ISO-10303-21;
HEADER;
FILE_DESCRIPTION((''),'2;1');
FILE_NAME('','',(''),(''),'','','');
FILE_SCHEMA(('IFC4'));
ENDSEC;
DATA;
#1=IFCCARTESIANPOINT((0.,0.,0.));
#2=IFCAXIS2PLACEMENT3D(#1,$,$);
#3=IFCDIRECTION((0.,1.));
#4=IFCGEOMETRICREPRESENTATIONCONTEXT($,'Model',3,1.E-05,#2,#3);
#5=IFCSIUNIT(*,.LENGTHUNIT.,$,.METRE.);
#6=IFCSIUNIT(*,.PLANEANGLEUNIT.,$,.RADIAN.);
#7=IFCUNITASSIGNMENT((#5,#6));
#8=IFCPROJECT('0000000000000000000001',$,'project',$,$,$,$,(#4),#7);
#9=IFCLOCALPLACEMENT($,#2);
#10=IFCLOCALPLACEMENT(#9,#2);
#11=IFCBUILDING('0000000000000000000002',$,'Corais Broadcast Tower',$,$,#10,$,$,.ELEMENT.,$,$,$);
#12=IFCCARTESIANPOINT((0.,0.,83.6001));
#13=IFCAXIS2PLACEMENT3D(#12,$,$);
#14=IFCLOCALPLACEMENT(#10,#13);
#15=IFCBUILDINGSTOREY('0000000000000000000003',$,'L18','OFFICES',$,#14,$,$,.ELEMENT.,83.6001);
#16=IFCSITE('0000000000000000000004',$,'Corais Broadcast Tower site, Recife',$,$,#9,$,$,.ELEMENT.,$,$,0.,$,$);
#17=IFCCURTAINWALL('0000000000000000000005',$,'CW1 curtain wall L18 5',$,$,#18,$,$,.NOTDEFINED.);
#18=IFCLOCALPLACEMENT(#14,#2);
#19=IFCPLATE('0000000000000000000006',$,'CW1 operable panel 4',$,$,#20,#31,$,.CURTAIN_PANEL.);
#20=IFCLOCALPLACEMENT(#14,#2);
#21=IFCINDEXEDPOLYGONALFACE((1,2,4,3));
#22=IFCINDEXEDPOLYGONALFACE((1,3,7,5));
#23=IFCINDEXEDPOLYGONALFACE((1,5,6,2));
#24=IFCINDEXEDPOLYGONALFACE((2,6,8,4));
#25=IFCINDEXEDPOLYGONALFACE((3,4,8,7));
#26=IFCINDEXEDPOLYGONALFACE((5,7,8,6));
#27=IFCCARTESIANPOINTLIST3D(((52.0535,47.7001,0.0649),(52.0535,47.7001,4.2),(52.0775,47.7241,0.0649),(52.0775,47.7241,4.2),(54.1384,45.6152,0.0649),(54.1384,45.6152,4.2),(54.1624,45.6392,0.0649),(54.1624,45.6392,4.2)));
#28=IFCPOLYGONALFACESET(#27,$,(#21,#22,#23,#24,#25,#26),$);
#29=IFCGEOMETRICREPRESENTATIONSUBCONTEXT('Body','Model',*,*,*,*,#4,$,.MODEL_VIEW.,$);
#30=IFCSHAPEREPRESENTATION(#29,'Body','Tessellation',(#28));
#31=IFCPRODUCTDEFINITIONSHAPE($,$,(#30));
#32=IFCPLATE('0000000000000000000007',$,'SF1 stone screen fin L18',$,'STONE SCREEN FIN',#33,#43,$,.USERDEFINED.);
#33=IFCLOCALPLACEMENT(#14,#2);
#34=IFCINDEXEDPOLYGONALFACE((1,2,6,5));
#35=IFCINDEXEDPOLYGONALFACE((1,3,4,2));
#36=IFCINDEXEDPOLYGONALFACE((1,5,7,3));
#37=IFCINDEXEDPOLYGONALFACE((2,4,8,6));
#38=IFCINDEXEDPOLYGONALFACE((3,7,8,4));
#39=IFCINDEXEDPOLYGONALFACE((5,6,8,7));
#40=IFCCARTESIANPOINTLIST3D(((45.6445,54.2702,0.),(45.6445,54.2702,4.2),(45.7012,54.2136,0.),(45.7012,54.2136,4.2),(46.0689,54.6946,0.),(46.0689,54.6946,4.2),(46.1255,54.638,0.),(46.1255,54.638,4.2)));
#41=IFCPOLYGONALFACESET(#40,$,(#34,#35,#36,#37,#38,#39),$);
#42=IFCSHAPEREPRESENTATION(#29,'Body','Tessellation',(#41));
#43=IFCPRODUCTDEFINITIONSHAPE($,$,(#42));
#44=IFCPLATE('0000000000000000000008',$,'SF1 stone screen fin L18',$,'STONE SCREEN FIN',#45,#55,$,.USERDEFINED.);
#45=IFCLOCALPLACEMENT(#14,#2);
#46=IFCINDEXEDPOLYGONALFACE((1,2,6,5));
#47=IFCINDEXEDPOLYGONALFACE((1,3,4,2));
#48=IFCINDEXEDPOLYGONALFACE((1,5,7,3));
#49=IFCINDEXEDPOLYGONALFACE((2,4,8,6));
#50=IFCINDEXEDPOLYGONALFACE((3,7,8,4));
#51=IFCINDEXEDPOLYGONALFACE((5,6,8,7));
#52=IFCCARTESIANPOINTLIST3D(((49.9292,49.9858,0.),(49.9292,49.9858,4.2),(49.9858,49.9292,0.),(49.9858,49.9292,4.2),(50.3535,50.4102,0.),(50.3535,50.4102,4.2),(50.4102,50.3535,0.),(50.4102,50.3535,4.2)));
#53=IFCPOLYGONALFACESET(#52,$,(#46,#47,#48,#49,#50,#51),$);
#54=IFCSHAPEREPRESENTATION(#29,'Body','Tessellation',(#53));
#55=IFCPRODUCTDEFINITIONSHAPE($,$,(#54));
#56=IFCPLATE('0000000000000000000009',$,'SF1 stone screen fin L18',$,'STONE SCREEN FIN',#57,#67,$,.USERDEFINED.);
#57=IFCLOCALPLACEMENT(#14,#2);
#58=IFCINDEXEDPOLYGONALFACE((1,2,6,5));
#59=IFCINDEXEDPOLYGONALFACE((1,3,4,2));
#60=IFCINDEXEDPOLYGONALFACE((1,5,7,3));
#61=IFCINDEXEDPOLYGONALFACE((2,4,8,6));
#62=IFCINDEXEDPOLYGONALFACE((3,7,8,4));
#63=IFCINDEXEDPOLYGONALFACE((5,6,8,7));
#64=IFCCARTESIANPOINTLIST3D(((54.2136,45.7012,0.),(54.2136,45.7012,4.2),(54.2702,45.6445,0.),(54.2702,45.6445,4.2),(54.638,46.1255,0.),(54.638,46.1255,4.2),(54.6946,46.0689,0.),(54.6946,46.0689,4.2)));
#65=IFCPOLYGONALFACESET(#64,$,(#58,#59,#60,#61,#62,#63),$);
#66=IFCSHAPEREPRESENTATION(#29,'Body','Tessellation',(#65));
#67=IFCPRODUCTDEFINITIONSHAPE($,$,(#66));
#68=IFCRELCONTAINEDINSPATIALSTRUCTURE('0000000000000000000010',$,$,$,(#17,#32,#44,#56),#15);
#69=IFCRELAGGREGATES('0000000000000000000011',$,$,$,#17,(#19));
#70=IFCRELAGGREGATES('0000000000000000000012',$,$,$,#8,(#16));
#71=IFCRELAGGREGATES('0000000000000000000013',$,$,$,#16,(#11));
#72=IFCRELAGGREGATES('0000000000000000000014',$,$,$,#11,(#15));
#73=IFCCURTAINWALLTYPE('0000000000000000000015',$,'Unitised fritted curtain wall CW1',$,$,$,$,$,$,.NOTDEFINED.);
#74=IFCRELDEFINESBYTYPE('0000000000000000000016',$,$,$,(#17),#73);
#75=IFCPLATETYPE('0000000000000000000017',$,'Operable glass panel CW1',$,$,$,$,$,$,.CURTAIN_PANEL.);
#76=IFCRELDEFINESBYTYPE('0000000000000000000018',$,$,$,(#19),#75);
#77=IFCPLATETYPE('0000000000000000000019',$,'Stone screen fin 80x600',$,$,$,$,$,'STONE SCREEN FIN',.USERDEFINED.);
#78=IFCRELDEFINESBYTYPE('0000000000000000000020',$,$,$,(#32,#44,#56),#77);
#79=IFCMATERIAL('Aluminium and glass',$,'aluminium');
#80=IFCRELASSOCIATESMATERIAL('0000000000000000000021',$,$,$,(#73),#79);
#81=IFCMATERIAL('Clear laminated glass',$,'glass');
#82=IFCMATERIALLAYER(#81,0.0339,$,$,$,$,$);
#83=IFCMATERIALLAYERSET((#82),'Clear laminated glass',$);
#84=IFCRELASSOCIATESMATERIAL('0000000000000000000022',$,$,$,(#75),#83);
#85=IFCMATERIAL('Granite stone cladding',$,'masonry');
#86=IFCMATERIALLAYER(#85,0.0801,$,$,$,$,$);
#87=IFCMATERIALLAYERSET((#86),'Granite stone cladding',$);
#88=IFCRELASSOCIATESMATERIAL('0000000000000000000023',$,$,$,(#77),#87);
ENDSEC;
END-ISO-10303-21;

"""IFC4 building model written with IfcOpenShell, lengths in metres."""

from ifc_helpers import new_model, si_unit, direction, frame, origin, origin_2d, place, context, subcontext, project, spatial, rectangle, extrude, material, layer, layer_set, type_object, element, aggregate, save


model = new_model("IFC4")

# Units and contexts
model_context = context("Model", 3, precision=1e-05, world=origin(), true_north=direction((0.0, 1.0)))
body_context = subcontext(model_context, "Body", "Model", "MODEL_VIEW")
ifc_project = project(units=[si_unit("LENGTHUNIT", "METRE"), si_unit("PLANEANGLEUNIT", "RADIAN")], contexts=[model_context])

# Site, building, storey
site_placement = place(None, origin())
site = spatial("IfcSite", under=ifc_project, at=site_placement, Name="Corais Broadcast Tower site, Recife", CompositionType="ELEMENT", RefElevation=0.0)
building_placement = place(site_placement, origin())
building = spatial("IfcBuilding", under=site, at=building_placement, Name="Corais Broadcast Tower", CompositionType="ELEMENT")
storey_placement = place(building_placement, frame((0.0, 0.0, 83.6001)))
storey = spatial("IfcBuildingStorey", under=building, at=storey_placement, Name="L18", Description="OFFICES", CompositionType="ELEMENT", Elevation=83.6001)

# Shared definitions
ifc_material_1 = material(Name="Aluminium and glass", Category="aluminium")
curtain_wall_type = type_object("IfcCurtainWallType", Name="Unitised fritted curtain wall CW1", PredefinedType="NOTDEFINED", material=ifc_material_1)

# Curtain wall
curtain_wall_1_placement = place(storey_placement, origin())
curtain_wall_1 = element("IfcCurtainWall", 1, at=curtain_wall_1_placement, inside=storey, type_object=curtain_wall_type, Name="CW1 curtain wall L18 5", PredefinedType="NOTDEFINED")

# Plate
ifc_material_2 = material(Name="Clear laminated glass", Category="glass")
ifc_layer_1 = layer(ifc_material_2, 0.0339)
ifc_layer_set_1 = layer_set([ifc_layer_1], Name="Clear laminated glass")
plate_type_1 = type_object("IfcPlateType", Name="Operable glass panel CW1", PredefinedType="CURTAIN_PANEL", material=ifc_layer_set_1)
plate_1_placement = place(storey_placement, frame((53.1079, 46.6697, 0.0649), z_axis=(0.0, 0.0, 1.0), x_axis=(0.707107, -0.707107, 0.0)))
plate_1 = element("IfcPlate", 2, at=plate_1_placement, type_object=plate_type_1, Name="CW1 operable panel 4", PredefinedType="CURTAIN_PANEL", context=body_context, shape_type="SweptSolid", body=[
    extrude(rectangle(XDim=2.9485, YDim=0.0339, at=origin_2d()), origin(), (0.0, 0.0, 1.0), 4.135),
])
aggregate(curtain_wall_1, [plate_1])

# Plates
ifc_material_3 = material(Name="Granite stone cladding", Category="masonry")
ifc_layer_2 = layer(ifc_material_3, 0.0801)
ifc_layer_set_2 = layer_set([ifc_layer_2], Name="Granite stone cladding")
plate_type_2 = type_object("IfcPlateType", Name="Stone screen fin 80x600", ElementType="STONE SCREEN FIN", PredefinedType="USERDEFINED", material=ifc_layer_set_2)
for number, where, z_axis, x_axis, name in (
    (3, (45.885, 54.4541, 0.0), (0.0, 0.0, 1.0), (0.707107, -0.707107, 0.0), "SF1 stone screen fin L18"),
    (4, (50.1697, 50.1697, 0.0), (0.0, 0.0, 1.0), (0.707107, -0.707107, 0.0), "SF1 stone screen fin L18"),
    (5, (54.4541, 45.885, 0.0), (0.0, 0.0, 1.0), (0.707107, -0.707107, 0.0), "SF1 stone screen fin L18"),
):
    element("IfcPlate", number, at=place(storey_placement, frame(where, z_axis=z_axis, x_axis=x_axis)), inside=storey, type_object=plate_type_2, Name=name, ObjectType="STONE SCREEN FIN", PredefinedType="USERDEFINED", context=body_context, shape_type="SweptSolid", body=[
        extrude(rectangle(XDim=0.0801, YDim=0.6001, at=origin_2d()), origin(), (0.0, 0.0, 1.0), 4.2),
    ])

save(model, "model.ifc")
